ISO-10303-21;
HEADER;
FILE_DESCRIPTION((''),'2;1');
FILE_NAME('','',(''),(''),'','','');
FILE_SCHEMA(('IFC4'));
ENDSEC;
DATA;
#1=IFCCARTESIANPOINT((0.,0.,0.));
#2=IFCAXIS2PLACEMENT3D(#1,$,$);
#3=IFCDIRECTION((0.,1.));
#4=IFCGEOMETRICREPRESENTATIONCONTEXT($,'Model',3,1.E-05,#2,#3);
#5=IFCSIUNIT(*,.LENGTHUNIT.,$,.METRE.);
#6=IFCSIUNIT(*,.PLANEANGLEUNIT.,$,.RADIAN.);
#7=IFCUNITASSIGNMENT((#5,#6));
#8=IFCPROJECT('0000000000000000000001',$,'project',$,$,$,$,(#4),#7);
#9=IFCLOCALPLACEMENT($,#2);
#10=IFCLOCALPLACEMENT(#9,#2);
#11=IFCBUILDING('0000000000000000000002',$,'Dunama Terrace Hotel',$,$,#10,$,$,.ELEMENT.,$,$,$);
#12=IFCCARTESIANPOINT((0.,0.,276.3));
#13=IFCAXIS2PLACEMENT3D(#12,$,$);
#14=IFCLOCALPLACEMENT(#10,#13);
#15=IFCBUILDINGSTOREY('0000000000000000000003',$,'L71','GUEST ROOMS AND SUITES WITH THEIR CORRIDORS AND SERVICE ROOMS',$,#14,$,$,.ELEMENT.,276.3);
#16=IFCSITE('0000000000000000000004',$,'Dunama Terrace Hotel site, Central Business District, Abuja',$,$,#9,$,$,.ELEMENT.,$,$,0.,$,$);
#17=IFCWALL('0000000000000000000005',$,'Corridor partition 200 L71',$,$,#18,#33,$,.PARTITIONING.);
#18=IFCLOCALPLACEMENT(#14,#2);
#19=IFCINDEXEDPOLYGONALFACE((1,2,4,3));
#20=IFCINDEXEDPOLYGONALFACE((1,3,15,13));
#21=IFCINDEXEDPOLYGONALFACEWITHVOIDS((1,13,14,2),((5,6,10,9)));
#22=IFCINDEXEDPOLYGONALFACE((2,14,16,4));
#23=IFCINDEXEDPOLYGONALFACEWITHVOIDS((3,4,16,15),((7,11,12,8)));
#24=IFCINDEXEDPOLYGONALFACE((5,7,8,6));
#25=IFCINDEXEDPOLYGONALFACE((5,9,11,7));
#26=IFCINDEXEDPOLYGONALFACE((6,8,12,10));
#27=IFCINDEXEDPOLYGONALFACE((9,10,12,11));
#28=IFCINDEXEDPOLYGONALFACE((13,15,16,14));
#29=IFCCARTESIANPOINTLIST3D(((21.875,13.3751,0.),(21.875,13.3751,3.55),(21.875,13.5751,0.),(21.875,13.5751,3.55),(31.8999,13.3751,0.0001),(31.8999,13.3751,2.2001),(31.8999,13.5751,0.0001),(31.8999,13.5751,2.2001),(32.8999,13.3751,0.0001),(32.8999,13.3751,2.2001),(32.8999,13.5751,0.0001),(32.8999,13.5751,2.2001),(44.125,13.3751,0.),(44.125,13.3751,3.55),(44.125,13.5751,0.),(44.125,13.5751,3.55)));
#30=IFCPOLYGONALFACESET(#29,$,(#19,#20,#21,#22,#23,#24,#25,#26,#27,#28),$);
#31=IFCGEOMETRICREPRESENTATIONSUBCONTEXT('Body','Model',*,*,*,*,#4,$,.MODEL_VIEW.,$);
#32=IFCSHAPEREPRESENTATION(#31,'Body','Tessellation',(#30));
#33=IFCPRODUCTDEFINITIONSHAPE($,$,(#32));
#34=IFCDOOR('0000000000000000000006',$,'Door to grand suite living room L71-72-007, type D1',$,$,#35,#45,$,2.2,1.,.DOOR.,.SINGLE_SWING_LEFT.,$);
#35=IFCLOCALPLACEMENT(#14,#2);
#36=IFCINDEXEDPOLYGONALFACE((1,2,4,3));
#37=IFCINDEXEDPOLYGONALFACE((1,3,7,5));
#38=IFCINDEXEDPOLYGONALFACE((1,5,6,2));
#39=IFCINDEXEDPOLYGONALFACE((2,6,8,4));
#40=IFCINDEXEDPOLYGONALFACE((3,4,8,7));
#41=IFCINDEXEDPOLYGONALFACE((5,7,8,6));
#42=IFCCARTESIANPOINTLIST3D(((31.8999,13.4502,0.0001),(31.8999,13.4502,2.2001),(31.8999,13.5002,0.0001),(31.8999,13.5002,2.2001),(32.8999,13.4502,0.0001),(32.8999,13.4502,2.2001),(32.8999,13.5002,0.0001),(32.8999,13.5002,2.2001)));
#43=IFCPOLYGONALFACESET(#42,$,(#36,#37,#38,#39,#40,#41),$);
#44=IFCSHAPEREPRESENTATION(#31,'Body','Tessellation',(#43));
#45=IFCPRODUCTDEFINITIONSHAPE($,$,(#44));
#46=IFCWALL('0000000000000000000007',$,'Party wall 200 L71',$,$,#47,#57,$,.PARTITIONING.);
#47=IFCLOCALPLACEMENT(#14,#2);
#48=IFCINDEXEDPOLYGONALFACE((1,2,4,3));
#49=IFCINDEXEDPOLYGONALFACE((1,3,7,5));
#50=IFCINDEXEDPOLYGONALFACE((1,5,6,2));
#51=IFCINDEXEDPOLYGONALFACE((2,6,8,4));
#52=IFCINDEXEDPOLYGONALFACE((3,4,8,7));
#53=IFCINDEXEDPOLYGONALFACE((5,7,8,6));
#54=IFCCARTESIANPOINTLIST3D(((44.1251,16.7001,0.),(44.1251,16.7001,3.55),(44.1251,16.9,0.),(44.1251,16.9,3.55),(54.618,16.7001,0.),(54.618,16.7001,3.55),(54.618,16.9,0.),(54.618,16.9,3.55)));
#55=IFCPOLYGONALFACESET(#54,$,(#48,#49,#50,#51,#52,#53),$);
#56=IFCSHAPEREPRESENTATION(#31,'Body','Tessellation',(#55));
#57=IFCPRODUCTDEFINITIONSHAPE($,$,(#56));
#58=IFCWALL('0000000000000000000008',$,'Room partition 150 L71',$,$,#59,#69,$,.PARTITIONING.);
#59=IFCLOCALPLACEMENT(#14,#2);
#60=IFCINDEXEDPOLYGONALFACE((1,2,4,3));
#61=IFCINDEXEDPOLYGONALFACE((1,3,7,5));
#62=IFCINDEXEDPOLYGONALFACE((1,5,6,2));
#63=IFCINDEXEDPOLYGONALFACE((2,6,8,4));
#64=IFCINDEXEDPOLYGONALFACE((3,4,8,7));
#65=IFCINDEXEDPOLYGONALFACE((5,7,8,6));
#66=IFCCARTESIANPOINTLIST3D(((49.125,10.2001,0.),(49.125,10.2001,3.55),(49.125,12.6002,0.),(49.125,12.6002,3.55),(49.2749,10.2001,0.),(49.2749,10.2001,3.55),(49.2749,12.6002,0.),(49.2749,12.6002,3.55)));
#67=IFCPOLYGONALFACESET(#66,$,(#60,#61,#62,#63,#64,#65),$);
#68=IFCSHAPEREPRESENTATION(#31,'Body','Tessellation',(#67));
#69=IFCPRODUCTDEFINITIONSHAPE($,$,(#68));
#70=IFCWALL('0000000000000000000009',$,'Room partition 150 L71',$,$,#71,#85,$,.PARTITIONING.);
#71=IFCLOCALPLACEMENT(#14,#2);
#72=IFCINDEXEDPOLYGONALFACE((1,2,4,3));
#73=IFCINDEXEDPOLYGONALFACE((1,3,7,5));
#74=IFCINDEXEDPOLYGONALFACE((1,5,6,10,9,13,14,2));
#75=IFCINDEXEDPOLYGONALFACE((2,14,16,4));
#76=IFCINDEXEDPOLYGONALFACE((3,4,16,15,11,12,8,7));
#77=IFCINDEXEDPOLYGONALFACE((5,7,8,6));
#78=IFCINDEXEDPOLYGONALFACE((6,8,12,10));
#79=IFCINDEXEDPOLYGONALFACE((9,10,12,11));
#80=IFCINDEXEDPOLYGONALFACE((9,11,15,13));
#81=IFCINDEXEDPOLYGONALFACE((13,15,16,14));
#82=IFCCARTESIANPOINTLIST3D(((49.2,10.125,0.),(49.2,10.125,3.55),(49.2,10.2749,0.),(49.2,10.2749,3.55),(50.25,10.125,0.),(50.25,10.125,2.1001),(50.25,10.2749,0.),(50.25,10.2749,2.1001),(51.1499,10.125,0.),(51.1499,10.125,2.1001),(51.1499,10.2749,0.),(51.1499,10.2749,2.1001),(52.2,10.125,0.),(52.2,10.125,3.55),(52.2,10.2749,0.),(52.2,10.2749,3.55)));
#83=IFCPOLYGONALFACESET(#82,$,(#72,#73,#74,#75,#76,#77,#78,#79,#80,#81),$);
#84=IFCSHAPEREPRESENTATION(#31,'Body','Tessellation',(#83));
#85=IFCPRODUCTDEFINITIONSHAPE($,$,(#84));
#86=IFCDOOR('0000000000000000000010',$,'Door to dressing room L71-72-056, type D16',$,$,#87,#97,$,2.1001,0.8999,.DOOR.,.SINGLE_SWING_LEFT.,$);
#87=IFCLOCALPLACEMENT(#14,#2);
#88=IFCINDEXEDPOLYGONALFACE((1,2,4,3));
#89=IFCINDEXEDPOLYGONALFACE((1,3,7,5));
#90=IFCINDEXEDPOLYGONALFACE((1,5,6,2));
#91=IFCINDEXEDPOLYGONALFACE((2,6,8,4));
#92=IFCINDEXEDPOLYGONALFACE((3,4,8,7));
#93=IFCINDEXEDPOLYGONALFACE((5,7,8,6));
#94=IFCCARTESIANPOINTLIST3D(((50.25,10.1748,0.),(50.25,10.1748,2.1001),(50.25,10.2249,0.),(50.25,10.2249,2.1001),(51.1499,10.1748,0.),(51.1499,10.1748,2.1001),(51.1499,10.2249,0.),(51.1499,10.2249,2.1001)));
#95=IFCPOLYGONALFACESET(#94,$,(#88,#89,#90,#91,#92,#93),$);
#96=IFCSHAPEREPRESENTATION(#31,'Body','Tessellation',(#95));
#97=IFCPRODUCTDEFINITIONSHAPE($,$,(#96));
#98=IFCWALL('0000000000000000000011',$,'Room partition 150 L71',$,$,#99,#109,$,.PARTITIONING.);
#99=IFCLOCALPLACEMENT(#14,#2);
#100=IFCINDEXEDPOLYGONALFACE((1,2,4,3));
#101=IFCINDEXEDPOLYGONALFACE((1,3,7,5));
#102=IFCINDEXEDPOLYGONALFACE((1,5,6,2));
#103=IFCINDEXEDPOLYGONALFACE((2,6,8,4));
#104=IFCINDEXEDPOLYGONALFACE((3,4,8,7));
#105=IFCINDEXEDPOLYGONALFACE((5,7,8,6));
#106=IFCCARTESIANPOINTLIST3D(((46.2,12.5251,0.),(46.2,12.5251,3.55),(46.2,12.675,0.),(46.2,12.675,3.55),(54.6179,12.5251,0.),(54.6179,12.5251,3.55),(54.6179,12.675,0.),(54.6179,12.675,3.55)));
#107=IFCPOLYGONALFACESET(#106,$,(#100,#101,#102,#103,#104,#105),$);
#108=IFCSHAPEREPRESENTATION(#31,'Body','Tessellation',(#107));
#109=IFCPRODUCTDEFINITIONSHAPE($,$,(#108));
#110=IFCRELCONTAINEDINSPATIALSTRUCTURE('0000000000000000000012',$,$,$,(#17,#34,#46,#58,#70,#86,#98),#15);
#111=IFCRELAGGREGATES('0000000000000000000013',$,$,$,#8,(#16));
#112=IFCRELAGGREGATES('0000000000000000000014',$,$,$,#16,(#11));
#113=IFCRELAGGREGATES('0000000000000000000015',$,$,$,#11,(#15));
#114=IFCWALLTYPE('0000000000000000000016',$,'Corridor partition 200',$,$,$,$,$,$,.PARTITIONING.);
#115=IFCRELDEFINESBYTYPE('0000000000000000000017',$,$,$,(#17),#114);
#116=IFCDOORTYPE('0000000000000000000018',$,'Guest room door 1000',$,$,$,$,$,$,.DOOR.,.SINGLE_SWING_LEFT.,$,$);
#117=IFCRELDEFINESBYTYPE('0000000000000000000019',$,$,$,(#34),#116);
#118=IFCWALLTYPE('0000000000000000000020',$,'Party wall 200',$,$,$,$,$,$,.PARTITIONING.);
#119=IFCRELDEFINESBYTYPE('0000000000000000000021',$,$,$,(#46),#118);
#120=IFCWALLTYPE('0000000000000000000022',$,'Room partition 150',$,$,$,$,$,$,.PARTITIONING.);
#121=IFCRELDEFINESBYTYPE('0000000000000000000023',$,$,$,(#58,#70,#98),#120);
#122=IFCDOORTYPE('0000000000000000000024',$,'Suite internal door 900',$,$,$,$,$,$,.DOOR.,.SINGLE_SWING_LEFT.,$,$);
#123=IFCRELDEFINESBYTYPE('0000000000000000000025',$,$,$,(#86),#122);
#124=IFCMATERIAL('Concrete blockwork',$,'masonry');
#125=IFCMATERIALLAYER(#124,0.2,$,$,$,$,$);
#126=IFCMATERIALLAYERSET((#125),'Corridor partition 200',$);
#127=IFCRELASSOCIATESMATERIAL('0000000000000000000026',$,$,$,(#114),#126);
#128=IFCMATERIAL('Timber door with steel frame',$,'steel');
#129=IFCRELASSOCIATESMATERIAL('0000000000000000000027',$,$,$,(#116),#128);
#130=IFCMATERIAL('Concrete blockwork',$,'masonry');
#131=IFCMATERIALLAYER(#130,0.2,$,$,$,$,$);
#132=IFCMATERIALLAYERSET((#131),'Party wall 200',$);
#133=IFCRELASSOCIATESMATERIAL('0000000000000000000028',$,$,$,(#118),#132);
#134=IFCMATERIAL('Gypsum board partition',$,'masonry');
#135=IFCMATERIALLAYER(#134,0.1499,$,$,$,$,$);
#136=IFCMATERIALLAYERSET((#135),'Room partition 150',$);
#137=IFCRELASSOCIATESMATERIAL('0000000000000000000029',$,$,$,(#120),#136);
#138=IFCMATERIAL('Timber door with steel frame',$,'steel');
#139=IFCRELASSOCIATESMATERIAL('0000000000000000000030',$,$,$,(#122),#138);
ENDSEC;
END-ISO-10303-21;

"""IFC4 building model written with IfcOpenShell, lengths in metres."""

from ifc_helpers import new_model, si_unit, direction, frame, frame_2d, origin, place, context, subcontext, project, spatial, rectangle, extrude, material, layer, layer_set, type_object, element, fill, save


model = new_model("IFC4")

# Units and contexts
model_context = context("Model", 3, precision=1e-05, world=origin(), true_north=direction((0.0, 1.0)))
body_context = subcontext(model_context, "Body", "Model", "MODEL_VIEW")
ifc_project = project(units=[si_unit("LENGTHUNIT", "METRE"), si_unit("PLANEANGLEUNIT", "RADIAN")], contexts=[model_context])

# Site, building, storey
site_placement = place(None, origin())
site = spatial("IfcSite", under=ifc_project, at=site_placement, Name="Dunama Terrace Hotel site, Central Business District, Abuja", CompositionType="ELEMENT", RefElevation=0.0)
building_placement = place(site_placement, origin())
building = spatial("IfcBuilding", under=site, at=building_placement, Name="Dunama Terrace Hotel", CompositionType="ELEMENT")
storey_placement = place(building_placement, frame((0.0, 0.0, 276.3)))
storey = spatial("IfcBuildingStorey", under=building, at=storey_placement, Name="L71", Description="GUEST ROOMS AND SUITES WITH THEIR CORRIDORS AND SERVICE ROOMS", CompositionType="ELEMENT", Elevation=276.3)

# Wall, opening, door
ifc_material_1 = material(Name="Concrete blockwork", Category="masonry")
ifc_layer_1 = layer(ifc_material_1, 0.2)
ifc_layer_set_1 = layer_set([ifc_layer_1], Name="Corridor partition 200")
wall_type_1 = type_object("IfcWallType", Name="Corridor partition 200", PredefinedType="PARTITIONING", material=ifc_layer_set_1)
wall_1_placement = place(storey_placement, frame((44.125, 13.4751, 0.0), z_axis=(0.0, 0.0, 1.0), x_axis=(-1.0, 0.0, 0.0)))
wall_1 = element("IfcWall", 1, at=wall_1_placement, inside=storey, type_object=wall_type_1, Name="Corridor partition 200 L71", PredefinedType="PARTITIONING", context=body_context, shape_type="SweptSolid", body=[
    extrude(rectangle(XDim=22.25, YDim=0.2, at=frame_2d((11.125, 0.0))), origin(), (0.0, 0.0, 1.0), 3.55),
])
opening_1_placement = place(wall_1_placement, frame((11.2251, 0.0, 0.0)))
opening_1 = element("IfcOpeningElement", 2, at=opening_1_placement, cuts=wall_1, PredefinedType="OPENING", context=body_context, shape_type="SweptSolid", body=[
    extrude(rectangle(XDim=1.0, YDim=2.2, at=frame_2d((0.5, 1.1001))), frame((0.0, 0.1099, 0.0), z_axis=(0.0, -1.0, 0.0), x_axis=(1.0, 0.0, 0.0)), (0.0, 0.0, 1.0), 0.22),
])
ifc_material_2 = material(Name="Timber door with steel frame", Category="steel")
door_type_1 = type_object("IfcDoorType", Name="Guest room door 1000", OperationType="SINGLE_SWING_LEFT", PredefinedType="DOOR", material=ifc_material_2)
door_1_placement = place(opening_1_placement, origin())
door_1 = element("IfcDoor", 3, at=door_1_placement, inside=storey, type_object=door_type_1, Name="Door to grand suite living room L71-72-007, type D1", OperationType="SINGLE_SWING_LEFT", OverallHeight=2.2, OverallWidth=1.0, PredefinedType="DOOR", context=body_context, shape_type="SweptSolid", body=[
    extrude(rectangle(XDim=1.0, YDim=2.2, at=frame_2d((0.5, 1.1001))), frame((0.0, 0.0249, 0.0), z_axis=(0.0, -1.0, 0.0), x_axis=(1.0, 0.0, 0.0)), (0.0, 0.0, 1.0), 0.05),
])
fill(opening_1, door_1)

# Walls
ifc_material_3 = material(Name="Concrete blockwork", Category="masonry")
ifc_layer_2 = layer(ifc_material_3, 0.2)
ifc_layer_set_2 = layer_set([ifc_layer_2], Name="Party wall 200")
wall_type_2 = type_object("IfcWallType", Name="Party wall 200", PredefinedType="PARTITIONING", material=ifc_layer_set_2)
wall_2_placement = place(storey_placement, frame((44.125, 16.8, 0.0), z_axis=(0.0, 0.0, 1.0), x_axis=(1.0, 0.0, 0.0)))
element("IfcWall", 4, at=wall_2_placement, inside=storey, type_object=wall_type_2, Name="Party wall 200 L71", PredefinedType="PARTITIONING", context=body_context, shape_type="SweptSolid", body=[
    extrude(rectangle(XDim=10.4929, YDim=0.2, at=frame_2d((5.2466, 0.0))), origin(), (0.0, 0.0, 1.0), 3.55),
])
ifc_material_4 = material(Name="Gypsum board partition", Category="masonry")
ifc_layer_3 = layer(ifc_material_4, 0.1499)
ifc_layer_set_3 = layer_set([ifc_layer_3], Name="Room partition 150")
wall_type_3 = type_object("IfcWallType", Name="Room partition 150", PredefinedType="PARTITIONING", material=ifc_layer_set_3)
wall_3_placement = place(storey_placement, frame((49.2, 10.2, 0.0), z_axis=(0.0, 0.0, 1.0), x_axis=(0.0, 1.0, 0.0)))
element("IfcWall", 5, at=wall_3_placement, inside=storey, type_object=wall_type_3, Name="Room partition 150 L71", PredefinedType="PARTITIONING", context=body_context, shape_type="SweptSolid", body=[
    extrude(rectangle(XDim=2.4001, YDim=0.1499, at=frame_2d((1.2002, 0.0))), origin(), (0.0, 0.0, 1.0), 3.55),
])

# Wall, opening, door
wall_4_placement = place(storey_placement, frame((49.2, 10.2, 0.0), z_axis=(0.0, 0.0, 1.0), x_axis=(1.0, 0.0, 0.0)))
wall_4 = element("IfcWall", 6, at=wall_4_placement, inside=storey, type_object=wall_type_3, Name="Room partition 150 L71", PredefinedType="PARTITIONING", context=body_context, shape_type="SweptSolid", body=[
    extrude(rectangle(XDim=3.0, YDim=0.1499, at=frame_2d((1.5, 0.0))), origin(), (0.0, 0.0, 1.0), 3.55),
])
opening_2_placement = place(wall_4_placement, frame((1.05, 0.0, 0.0)))
opening_2 = element("IfcOpeningElement", 7, at=opening_2_placement, cuts=wall_4, PredefinedType="OPENING", context=body_context, shape_type="SweptSolid", body=[
    extrude(rectangle(XDim=0.8999, YDim=2.1001, at=frame_2d((0.45, 1.05))), frame((0.0, 0.085, 0.0), z_axis=(0.0, -1.0, 0.0), x_axis=(1.0, 0.0, 0.0)), (0.0, 0.0, 1.0), 0.1699),
])
ifc_material_5 = material(Name="Timber door with steel frame", Category="steel")
door_type_2 = type_object("IfcDoorType", Name="Suite internal door 900", OperationType="SINGLE_SWING_LEFT", PredefinedType="DOOR", material=ifc_material_5)
door_2_placement = place(opening_2_placement, origin())
door_2 = element("IfcDoor", 8, at=door_2_placement, inside=storey, type_object=door_type_2, Name="Door to dressing room L71-72-056, type D16", OperationType="SINGLE_SWING_LEFT", OverallHeight=2.1001, OverallWidth=0.8999, PredefinedType="DOOR", context=body_context, shape_type="SweptSolid", body=[
    extrude(rectangle(XDim=0.8999, YDim=2.1001, at=frame_2d((0.45, 1.05))), frame((0.0, 0.0249, 0.0), z_axis=(0.0, -1.0, 0.0), x_axis=(1.0, 0.0, 0.0)), (0.0, 0.0, 1.0), 0.05),
])
fill(opening_2, door_2)

# Wall
wall_5_placement = place(storey_placement, frame((46.2, 12.6001, 0.0), z_axis=(0.0, 0.0, 1.0), x_axis=(1.0, 0.0, 0.0)))
element("IfcWall", 9, at=wall_5_placement, inside=storey, type_object=wall_type_3, Name="Room partition 150 L71", PredefinedType="PARTITIONING", context=body_context, shape_type="SweptSolid", body=[
    extrude(rectangle(XDim=8.418, YDim=0.1499, at=frame_2d((4.209, 0.0))), origin(), (0.0, 0.0, 1.0), 3.55),
])

save(model, "model.ifc")
